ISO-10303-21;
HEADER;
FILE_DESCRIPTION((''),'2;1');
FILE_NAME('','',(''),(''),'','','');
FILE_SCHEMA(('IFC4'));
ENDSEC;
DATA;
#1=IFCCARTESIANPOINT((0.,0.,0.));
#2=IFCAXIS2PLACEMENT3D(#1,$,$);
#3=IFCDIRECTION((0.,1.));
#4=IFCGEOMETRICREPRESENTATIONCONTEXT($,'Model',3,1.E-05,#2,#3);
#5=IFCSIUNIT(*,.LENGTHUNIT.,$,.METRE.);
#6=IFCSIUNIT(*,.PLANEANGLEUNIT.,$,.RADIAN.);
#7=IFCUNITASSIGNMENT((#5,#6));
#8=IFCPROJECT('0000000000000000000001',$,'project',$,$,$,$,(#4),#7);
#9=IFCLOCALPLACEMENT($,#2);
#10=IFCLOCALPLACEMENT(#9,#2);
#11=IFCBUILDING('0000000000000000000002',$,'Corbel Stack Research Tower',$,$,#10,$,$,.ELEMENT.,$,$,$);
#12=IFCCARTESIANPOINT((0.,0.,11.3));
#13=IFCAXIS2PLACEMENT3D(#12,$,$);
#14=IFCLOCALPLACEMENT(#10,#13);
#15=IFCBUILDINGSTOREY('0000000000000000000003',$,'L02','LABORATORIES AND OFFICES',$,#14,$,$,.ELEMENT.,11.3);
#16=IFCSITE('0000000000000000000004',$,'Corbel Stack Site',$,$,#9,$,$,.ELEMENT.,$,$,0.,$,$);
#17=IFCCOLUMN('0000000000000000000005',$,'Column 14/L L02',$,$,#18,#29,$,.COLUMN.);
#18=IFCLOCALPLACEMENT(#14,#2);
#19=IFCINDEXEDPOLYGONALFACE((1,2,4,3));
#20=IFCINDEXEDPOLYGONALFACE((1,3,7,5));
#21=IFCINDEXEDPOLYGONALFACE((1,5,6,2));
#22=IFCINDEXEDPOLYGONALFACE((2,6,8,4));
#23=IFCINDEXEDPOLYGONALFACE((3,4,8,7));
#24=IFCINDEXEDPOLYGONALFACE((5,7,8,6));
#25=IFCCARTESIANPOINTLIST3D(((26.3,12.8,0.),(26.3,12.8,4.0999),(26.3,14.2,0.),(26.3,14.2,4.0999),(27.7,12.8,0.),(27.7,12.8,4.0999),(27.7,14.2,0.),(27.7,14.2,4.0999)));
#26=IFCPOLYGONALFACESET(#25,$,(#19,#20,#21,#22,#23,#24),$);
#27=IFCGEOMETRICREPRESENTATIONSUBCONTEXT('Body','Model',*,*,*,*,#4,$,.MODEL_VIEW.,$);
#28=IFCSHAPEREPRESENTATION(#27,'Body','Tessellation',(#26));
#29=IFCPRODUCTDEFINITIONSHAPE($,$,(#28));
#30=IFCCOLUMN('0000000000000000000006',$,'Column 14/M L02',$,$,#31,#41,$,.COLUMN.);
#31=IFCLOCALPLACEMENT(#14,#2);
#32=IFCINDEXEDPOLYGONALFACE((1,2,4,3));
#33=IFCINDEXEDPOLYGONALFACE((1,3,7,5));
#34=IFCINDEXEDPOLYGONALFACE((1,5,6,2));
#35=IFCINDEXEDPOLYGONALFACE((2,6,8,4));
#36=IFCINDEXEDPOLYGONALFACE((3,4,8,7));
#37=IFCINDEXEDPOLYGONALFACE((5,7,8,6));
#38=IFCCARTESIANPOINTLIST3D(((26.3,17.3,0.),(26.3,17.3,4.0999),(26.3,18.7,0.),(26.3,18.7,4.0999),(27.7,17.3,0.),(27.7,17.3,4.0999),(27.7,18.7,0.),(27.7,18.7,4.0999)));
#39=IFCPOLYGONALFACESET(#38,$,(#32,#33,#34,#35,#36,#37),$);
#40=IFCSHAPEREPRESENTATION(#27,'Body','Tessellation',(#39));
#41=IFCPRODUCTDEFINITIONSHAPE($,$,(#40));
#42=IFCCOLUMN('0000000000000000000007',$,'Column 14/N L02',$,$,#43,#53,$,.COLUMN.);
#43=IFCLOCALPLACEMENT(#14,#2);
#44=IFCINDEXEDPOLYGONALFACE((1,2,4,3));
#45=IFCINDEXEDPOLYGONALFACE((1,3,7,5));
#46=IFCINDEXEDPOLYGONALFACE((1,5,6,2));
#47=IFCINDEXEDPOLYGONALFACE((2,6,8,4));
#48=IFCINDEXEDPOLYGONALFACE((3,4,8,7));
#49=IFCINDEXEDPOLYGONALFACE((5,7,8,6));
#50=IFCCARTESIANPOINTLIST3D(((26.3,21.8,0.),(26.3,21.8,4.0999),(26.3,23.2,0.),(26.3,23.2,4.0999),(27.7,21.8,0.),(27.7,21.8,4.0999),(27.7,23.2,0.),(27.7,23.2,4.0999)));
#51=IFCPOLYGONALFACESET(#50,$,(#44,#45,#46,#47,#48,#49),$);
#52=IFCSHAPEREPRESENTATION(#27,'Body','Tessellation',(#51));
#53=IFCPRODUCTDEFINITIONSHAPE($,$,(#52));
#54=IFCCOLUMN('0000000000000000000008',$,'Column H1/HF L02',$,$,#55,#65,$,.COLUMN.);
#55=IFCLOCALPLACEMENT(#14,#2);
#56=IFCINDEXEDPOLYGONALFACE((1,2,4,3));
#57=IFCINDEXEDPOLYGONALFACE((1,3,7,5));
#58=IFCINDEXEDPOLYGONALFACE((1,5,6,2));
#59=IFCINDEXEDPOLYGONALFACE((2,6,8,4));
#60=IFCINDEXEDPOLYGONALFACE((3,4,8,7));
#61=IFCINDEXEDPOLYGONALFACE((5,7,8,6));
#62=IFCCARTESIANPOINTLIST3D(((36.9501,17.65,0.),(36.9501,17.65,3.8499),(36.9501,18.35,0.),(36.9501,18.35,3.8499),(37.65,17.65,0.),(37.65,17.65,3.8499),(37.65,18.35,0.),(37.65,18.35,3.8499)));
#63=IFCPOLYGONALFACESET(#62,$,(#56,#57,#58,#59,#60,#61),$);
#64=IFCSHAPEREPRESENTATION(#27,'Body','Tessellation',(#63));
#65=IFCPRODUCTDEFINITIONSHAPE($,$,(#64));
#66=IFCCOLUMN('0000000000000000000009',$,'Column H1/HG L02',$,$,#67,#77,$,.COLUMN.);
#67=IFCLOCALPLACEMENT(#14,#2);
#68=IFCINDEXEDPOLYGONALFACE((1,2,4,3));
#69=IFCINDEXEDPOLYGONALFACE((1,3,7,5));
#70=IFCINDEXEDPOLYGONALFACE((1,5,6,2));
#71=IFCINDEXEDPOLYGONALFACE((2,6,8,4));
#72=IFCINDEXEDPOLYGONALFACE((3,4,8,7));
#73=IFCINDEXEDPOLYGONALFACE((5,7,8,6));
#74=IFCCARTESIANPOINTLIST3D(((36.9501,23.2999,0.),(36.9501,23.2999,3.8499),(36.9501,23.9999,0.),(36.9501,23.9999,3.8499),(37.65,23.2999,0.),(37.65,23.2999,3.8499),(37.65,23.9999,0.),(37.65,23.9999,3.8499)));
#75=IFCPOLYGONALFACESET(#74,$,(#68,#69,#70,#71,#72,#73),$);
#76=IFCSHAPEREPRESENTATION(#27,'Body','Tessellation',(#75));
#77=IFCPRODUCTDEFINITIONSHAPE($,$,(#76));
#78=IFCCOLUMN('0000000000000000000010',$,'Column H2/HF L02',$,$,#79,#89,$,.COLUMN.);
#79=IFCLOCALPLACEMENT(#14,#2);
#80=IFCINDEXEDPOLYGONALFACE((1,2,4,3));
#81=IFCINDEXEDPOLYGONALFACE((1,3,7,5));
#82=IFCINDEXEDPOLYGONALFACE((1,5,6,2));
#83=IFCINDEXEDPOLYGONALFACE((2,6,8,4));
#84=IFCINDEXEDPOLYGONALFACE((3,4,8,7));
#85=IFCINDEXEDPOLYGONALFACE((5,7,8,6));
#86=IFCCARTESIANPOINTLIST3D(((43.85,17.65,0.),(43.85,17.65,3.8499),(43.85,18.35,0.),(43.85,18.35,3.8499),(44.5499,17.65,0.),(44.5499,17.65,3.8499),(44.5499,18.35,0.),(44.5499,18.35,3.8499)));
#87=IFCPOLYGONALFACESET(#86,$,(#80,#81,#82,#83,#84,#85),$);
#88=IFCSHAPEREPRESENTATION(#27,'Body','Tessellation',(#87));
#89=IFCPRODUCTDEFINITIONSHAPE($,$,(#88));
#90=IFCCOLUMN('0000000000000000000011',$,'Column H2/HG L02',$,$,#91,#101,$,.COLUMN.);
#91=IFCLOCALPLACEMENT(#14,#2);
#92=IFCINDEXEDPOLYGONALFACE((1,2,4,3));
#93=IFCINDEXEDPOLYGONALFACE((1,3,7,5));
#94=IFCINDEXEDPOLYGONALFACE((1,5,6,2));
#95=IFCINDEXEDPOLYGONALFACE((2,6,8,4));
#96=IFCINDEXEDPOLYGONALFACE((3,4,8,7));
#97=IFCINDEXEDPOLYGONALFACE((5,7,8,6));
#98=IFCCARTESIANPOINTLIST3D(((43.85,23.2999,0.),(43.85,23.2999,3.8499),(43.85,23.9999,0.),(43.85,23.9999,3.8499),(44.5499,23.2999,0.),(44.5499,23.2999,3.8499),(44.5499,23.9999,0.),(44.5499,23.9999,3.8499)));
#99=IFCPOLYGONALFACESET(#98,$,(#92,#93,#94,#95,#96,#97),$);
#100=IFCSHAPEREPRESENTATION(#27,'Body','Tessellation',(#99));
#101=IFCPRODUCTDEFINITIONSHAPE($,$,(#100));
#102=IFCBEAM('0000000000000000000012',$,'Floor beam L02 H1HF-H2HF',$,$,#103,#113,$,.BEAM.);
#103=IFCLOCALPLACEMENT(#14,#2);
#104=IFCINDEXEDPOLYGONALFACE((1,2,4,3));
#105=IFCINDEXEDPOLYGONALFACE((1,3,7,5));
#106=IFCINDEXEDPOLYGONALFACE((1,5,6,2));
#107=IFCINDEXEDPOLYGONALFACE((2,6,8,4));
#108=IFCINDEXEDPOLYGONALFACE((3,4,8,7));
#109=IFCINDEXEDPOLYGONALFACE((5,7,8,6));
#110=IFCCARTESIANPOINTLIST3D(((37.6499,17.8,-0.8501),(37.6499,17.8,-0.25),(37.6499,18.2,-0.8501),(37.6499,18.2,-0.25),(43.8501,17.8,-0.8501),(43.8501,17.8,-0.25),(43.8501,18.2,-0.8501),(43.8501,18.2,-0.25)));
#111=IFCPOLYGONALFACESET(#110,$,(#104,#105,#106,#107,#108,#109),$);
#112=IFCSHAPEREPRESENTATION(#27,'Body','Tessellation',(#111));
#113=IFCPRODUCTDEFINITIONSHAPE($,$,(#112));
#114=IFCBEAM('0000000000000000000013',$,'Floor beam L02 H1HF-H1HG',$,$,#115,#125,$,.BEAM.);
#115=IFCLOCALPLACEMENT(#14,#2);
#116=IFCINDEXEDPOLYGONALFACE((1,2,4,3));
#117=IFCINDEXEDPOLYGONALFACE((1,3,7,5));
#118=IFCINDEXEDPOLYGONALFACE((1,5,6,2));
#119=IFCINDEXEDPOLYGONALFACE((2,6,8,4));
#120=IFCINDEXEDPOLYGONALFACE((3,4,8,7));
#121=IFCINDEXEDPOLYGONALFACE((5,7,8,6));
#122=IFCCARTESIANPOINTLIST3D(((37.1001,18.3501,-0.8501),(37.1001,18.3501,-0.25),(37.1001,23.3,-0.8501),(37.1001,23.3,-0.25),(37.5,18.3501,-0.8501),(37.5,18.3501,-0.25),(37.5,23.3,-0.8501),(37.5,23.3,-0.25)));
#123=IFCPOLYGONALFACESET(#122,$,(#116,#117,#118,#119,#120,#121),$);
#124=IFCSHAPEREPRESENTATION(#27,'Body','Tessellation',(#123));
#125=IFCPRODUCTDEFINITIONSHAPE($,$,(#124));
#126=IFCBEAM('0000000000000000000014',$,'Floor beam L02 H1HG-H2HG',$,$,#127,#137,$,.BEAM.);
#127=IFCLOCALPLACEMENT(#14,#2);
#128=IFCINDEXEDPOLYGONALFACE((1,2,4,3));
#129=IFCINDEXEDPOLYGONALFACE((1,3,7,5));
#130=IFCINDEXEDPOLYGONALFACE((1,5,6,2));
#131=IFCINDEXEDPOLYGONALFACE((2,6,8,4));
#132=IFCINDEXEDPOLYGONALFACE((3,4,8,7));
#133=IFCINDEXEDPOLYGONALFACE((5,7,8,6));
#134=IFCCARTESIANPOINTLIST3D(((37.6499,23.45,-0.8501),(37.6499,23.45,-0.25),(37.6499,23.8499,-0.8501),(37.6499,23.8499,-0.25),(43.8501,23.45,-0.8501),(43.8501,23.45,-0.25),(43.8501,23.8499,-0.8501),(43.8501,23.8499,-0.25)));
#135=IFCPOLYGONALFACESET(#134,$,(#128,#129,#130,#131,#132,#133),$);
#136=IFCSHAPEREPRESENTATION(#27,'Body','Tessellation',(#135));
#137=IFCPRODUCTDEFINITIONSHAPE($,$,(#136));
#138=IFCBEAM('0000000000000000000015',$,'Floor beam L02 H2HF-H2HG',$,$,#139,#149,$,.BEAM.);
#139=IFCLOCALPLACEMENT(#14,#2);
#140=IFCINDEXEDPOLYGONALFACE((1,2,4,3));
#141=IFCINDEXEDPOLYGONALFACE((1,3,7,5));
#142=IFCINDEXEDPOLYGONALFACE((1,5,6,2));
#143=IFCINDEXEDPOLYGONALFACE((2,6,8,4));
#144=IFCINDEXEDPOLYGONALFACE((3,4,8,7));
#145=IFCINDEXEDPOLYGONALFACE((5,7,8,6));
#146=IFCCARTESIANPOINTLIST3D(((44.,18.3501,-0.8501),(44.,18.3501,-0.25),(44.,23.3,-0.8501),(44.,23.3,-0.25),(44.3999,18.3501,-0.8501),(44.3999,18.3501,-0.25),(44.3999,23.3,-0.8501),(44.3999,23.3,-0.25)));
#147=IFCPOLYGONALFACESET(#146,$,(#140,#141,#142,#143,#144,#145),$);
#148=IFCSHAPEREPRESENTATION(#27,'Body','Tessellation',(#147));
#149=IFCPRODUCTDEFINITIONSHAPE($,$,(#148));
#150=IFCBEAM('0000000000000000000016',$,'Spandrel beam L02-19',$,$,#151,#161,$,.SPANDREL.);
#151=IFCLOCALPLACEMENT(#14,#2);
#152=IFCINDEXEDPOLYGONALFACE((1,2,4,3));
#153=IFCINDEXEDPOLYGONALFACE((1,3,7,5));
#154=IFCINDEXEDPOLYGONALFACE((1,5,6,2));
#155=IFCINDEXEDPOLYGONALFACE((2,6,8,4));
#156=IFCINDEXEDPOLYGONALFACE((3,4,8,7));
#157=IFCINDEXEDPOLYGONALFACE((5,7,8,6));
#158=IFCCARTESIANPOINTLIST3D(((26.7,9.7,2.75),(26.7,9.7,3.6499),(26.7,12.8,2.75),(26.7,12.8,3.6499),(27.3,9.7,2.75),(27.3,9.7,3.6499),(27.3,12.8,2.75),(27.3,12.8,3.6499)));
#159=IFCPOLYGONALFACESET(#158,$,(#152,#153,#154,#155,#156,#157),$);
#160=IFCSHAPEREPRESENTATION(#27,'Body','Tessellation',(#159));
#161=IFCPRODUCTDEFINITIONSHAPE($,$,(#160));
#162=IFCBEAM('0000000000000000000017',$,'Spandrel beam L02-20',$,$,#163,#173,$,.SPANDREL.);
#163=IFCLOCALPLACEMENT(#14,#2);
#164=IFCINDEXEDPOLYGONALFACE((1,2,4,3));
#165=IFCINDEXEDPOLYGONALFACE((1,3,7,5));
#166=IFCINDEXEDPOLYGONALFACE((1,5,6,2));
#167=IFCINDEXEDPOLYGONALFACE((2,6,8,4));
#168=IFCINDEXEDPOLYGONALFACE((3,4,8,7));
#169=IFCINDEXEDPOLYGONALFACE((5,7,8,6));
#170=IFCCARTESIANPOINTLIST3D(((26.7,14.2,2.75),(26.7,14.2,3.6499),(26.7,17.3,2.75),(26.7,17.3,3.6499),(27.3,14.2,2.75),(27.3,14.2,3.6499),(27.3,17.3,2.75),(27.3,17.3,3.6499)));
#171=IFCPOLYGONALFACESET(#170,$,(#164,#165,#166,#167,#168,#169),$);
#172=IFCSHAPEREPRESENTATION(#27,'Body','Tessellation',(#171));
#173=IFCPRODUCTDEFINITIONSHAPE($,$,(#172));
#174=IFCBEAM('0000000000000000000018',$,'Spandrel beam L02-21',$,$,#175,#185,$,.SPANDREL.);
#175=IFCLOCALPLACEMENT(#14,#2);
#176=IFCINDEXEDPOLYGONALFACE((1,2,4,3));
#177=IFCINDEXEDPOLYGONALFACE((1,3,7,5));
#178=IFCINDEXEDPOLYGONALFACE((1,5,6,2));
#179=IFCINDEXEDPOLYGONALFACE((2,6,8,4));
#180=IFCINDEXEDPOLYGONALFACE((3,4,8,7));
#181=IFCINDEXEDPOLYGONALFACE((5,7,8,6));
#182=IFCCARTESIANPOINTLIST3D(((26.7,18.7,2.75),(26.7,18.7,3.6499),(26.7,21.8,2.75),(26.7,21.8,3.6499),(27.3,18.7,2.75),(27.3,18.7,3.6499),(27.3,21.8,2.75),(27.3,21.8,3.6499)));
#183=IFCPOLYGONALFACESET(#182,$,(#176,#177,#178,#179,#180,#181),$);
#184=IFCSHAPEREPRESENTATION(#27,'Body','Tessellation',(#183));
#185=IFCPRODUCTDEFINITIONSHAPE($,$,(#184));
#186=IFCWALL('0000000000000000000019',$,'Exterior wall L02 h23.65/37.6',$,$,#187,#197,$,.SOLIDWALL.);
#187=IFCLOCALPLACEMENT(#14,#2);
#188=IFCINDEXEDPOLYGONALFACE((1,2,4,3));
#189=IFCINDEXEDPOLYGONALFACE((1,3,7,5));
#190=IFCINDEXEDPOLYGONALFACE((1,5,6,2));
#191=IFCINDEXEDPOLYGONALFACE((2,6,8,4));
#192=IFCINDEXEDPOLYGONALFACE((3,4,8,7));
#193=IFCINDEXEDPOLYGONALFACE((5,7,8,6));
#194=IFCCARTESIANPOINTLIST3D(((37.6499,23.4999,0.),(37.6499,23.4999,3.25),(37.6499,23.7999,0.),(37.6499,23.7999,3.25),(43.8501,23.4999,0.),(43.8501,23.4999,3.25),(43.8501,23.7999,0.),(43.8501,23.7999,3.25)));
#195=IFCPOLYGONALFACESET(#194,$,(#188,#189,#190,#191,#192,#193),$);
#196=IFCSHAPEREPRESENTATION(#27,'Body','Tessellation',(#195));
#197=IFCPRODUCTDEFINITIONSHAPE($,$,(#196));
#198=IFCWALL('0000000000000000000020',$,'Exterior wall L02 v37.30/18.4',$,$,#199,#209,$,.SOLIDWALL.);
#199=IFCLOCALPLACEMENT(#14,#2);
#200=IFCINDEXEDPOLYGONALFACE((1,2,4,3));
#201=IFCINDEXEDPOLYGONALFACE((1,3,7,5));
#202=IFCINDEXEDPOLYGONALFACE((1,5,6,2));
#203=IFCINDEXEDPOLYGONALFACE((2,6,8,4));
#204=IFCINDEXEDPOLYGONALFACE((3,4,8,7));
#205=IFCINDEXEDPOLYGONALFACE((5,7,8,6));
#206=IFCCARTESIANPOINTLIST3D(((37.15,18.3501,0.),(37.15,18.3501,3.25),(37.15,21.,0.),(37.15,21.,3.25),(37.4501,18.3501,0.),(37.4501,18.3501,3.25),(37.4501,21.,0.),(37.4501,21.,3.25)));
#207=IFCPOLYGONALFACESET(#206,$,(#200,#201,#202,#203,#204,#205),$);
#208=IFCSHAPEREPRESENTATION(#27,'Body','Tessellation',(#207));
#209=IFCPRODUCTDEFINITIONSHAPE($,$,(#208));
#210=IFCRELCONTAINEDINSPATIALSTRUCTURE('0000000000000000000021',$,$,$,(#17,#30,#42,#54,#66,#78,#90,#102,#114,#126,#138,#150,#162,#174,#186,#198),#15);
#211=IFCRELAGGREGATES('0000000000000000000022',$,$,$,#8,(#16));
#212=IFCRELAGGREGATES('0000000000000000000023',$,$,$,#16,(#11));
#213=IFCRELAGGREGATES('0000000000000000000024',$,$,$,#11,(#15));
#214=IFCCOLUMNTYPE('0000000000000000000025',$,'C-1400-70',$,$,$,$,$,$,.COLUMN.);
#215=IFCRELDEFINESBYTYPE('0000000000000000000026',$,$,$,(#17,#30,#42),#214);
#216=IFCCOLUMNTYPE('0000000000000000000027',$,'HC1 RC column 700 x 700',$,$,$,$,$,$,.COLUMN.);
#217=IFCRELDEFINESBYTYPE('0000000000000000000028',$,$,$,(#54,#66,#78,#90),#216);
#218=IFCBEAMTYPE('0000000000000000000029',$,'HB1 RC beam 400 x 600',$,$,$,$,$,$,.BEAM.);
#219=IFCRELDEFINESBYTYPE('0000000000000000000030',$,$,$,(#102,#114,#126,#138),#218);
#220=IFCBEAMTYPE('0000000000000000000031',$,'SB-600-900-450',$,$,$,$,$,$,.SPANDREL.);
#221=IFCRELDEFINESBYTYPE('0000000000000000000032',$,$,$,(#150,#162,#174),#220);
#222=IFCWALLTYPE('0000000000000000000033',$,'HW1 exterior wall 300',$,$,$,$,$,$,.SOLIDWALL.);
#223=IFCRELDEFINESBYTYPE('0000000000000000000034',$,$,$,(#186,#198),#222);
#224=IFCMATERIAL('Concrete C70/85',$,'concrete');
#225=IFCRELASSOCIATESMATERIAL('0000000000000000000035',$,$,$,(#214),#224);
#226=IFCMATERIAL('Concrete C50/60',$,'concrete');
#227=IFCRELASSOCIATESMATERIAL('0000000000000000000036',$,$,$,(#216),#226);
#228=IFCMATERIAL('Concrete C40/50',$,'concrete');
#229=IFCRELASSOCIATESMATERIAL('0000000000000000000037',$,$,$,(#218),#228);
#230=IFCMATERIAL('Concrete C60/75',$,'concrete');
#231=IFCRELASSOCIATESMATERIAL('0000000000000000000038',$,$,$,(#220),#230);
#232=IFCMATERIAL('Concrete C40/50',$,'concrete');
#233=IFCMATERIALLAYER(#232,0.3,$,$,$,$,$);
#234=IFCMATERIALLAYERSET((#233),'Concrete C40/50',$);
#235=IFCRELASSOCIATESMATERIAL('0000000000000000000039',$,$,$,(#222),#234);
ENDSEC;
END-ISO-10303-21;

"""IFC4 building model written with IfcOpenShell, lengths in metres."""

from ifc_helpers import new_model, si_unit, direction, frame, frame_2d, origin, origin_2d, place, context, subcontext, project, spatial, rectangle, extrude, material, layer, layer_set, material_profile, profile_set, type_object, element, save


model = new_model("IFC4")

# Units and contexts
model_context = context("Model", 3, precision=1e-05, world=origin(), true_north=direction((0.0, 1.0)))
body_context = subcontext(model_context, "Body", "Model", "MODEL_VIEW")
ifc_project = project(units=[si_unit("LENGTHUNIT", "METRE"), si_unit("PLANEANGLEUNIT", "RADIAN")], contexts=[model_context])

# Site, building, storey
site_placement = place(None, origin())
site = spatial("IfcSite", under=ifc_project, at=site_placement, Name="Corbel Stack Site", CompositionType="ELEMENT", RefElevation=0.0)
building_placement = place(site_placement, origin())
building = spatial("IfcBuilding", under=site, at=building_placement, Name="Corbel Stack Research Tower", CompositionType="ELEMENT")
storey_placement = place(building_placement, frame((0.0, 0.0, 11.3)))
storey = spatial("IfcBuildingStorey", under=building, at=storey_placement, Name="L02", Description="LABORATORIES AND OFFICES", CompositionType="ELEMENT", Elevation=11.3)

# Columns
ifc_material_1 = material(Name="Concrete C70/85", Category="concrete")
ifc_material_profile_1 = material_profile(ifc_material_1, rectangle(XDim=1.3999, YDim=1.3999, at=origin_2d()), Name="RC 1400 x 1400")
ifc_profile_set_1 = profile_set([ifc_material_profile_1], Name="Concrete C70/85")
column_type_1 = type_object("IfcColumnType", Name="C-1400-70", PredefinedType="COLUMN", material=ifc_profile_set_1)
for number, where, z_axis, x_axis, name in (
    (1, (27.0, 13.5, 0.0), (0.0, 0.0, 1.0), (1.0, 0.0, 0.0), "Column 14/L L02"),
    (2, (27.0, 18.0, 0.0), (0.0, 0.0, 1.0), (1.0, 0.0, 0.0), "Column 14/M L02"),
    (3, (27.0, 22.5, 0.0), (0.0, 0.0, 1.0), (1.0, 0.0, 0.0), "Column 14/N L02"),
):
    element("IfcColumn", number, at=place(storey_placement, frame(where, z_axis=z_axis, x_axis=x_axis)), inside=storey, type_object=column_type_1, Name=name, PredefinedType="COLUMN", context=body_context, shape_type="SweptSolid", body=[
        extrude(rectangle(XDim=1.3999, YDim=1.3999, at=origin_2d()), origin(), (0.0, 0.0, 1.0), 4.0999),
    ])
ifc_material_2 = material(Name="Concrete C50/60", Category="concrete")
ifc_material_profile_2 = material_profile(ifc_material_2, rectangle(XDim=0.7, YDim=0.7, at=origin_2d()), Name="RC 700 x 700")
ifc_profile_set_2 = profile_set([ifc_material_profile_2], Name="Concrete C50/60")
column_type_2 = type_object("IfcColumnType", Name="HC1 RC column 700 x 700", PredefinedType="COLUMN", material=ifc_profile_set_2)
for number, where, z_axis, x_axis, name in (
    (4, (37.3, 18.0, 0.0), (0.0, 0.0, 1.0), (1.0, 0.0, 0.0), "Column H1/HF L02"),
    (5, (37.3, 23.6499, 0.0), (0.0, 0.0, 1.0), (1.0, 0.0, 0.0), "Column H1/HG L02"),
    (6, (44.2, 18.0, 0.0), (0.0, 0.0, 1.0), (1.0, 0.0, 0.0), "Column H2/HF L02"),
    (7, (44.2, 23.6499, 0.0), (0.0, 0.0, 1.0), (1.0, 0.0, 0.0), "Column H2/HG L02"),
):
    element("IfcColumn", number, at=place(storey_placement, frame(where, z_axis=z_axis, x_axis=x_axis)), inside=storey, type_object=column_type_2, Name=name, PredefinedType="COLUMN", context=body_context, shape_type="SweptSolid", body=[
        extrude(rectangle(XDim=0.7, YDim=0.7, at=origin_2d()), origin(), (0.0, 0.0, 1.0), 3.8499),
    ])

# Beams
ifc_material_3 = material(Name="Concrete C40/50", Category="concrete")
ifc_material_profile_3 = material_profile(ifc_material_3, rectangle(XDim=0.3999, YDim=0.6001, at=origin_2d()), Name="RC 400 x 600")
ifc_profile_set_3 = profile_set([ifc_material_profile_3], Name="Concrete C40/50")
beam_type_1 = type_object("IfcBeamType", Name="HB1 RC beam 400 x 600", PredefinedType="BEAM", material=ifc_profile_set_3)
beam_1_placement = place(storey_placement, frame((37.6499, 18.0, -0.55), z_axis=(1.0, 0.0, 0.0), x_axis=(0.0, 1.0, 0.0)))
element("IfcBeam", 8, at=beam_1_placement, inside=storey, type_object=beam_type_1, Name="Floor beam L02 H1HF-H2HF", PredefinedType="BEAM", context=body_context, shape_type="SweptSolid", body=[
    extrude(rectangle(XDim=0.3999, YDim=0.6001, at=origin_2d()), origin(), (0.0, 0.0, 1.0), 6.2002),
])
beam_2_placement = place(storey_placement, frame((37.3, 18.3501, -0.55), z_axis=(0.0, 1.0, 0.0), x_axis=(-1.0, 0.0, 0.0)))
element("IfcBeam", 9, at=beam_2_placement, inside=storey, type_object=beam_type_1, Name="Floor beam L02 H1HF-H1HG", PredefinedType="BEAM", context=body_context, shape_type="SweptSolid", body=[
    extrude(rectangle(XDim=0.3999, YDim=0.6001, at=origin_2d()), origin(), (0.0, 0.0, 1.0), 4.95),
])
beam_3_placement = place(storey_placement, frame((37.6499, 23.6499, -0.55), z_axis=(1.0, 0.0, 0.0), x_axis=(0.0, 1.0, 0.0)))
element("IfcBeam", 10, at=beam_3_placement, inside=storey, type_object=beam_type_1, Name="Floor beam L02 H1HG-H2HG", PredefinedType="BEAM", context=body_context, shape_type="SweptSolid", body=[
    extrude(rectangle(XDim=0.3999, YDim=0.6001, at=origin_2d()), origin(), (0.0, 0.0, 1.0), 6.2002),
])
beam_4_placement = place(storey_placement, frame((44.2, 18.3501, -0.55), z_axis=(0.0, 1.0, 0.0), x_axis=(-1.0, 0.0, 0.0)))
element("IfcBeam", 11, at=beam_4_placement, inside=storey, type_object=beam_type_1, Name="Floor beam L02 H2HF-H2HG", PredefinedType="BEAM", context=body_context, shape_type="SweptSolid", body=[
    extrude(rectangle(XDim=0.3999, YDim=0.6001, at=origin_2d()), origin(), (0.0, 0.0, 1.0), 4.95),
])
ifc_material_4 = material(Name="Concrete C60/75", Category="concrete")
ifc_material_profile_4 = material_profile(ifc_material_4, rectangle(XDim=0.6001, YDim=0.8999, at=origin_2d()), Name="RC 600 x 900")
ifc_profile_set_4 = profile_set([ifc_material_profile_4], Name="Concrete C60/75")
beam_type_2 = type_object("IfcBeamType", Name="SB-600-900-450", PredefinedType="SPANDREL", material=ifc_profile_set_4)
for number, where, z_axis, x_axis, name in (
    (12, (27.0, 9.7, 3.2), (0.0, 1.0, 0.0), (-1.0, 0.0, 0.0), "Spandrel beam L02-19"),
    (13, (27.0, 14.2, 3.2), (0.0, 1.0, 0.0), (-1.0, 0.0, 0.0), "Spandrel beam L02-20"),
    (14, (27.0, 18.7, 3.2), (0.0, 1.0, 0.0), (-1.0, 0.0, 0.0), "Spandrel beam L02-21"),
):
    element("IfcBeam", number, at=place(storey_placement, frame(where, z_axis=z_axis, x_axis=x_axis)), inside=storey, type_object=beam_type_2, Name=name, PredefinedType="SPANDREL", context=body_context, shape_type="SweptSolid", body=[
        extrude(rectangle(XDim=0.6001, YDim=0.8999, at=origin_2d()), origin(), (0.0, 0.0, 1.0), 3.1001),
    ])

# Walls
ifc_material_5 = material(Name="Concrete C40/50", Category="concrete")
ifc_layer_1 = layer(ifc_material_5, 0.3)
ifc_layer_set_1 = layer_set([ifc_layer_1], Name="Concrete C40/50")
wall_type_1 = type_object("IfcWallType", Name="HW1 exterior wall 300", PredefinedType="SOLIDWALL", material=ifc_layer_set_1)
wall_1_placement = place(storey_placement, frame((37.6499, 23.6499, 0.0), z_axis=(0.0, 0.0, 1.0), x_axis=(1.0, 0.0, 0.0)))
element("IfcWall", 15, at=wall_1_placement, inside=storey, type_object=wall_type_1, Name="Exterior wall L02 h23.65/37.6", PredefinedType="SOLIDWALL", context=body_context, shape_type="SweptSolid", body=[
    extrude(rectangle(XDim=6.2002, YDim=0.3, at=frame_2d((3.1001, 0.0))), origin(), (0.0, 0.0, 1.0), 3.25),
])
wall_2_placement = place(storey_placement, frame((37.3, 18.3501, 0.0), z_axis=(0.0, 0.0, 1.0), x_axis=(0.0, 1.0, 0.0)))
element("IfcWall", 16, at=wall_2_placement, inside=storey, type_object=wall_type_1, Name="Exterior wall L02 v37.30/18.4", PredefinedType="SOLIDWALL", context=body_context, shape_type="SweptSolid", body=[
    extrude(rectangle(XDim=2.6499, YDim=0.3, at=frame_2d((1.325, 0.0))), origin(), (0.0, 0.0, 1.0), 3.25),
])

save(model, "model.ifc")
